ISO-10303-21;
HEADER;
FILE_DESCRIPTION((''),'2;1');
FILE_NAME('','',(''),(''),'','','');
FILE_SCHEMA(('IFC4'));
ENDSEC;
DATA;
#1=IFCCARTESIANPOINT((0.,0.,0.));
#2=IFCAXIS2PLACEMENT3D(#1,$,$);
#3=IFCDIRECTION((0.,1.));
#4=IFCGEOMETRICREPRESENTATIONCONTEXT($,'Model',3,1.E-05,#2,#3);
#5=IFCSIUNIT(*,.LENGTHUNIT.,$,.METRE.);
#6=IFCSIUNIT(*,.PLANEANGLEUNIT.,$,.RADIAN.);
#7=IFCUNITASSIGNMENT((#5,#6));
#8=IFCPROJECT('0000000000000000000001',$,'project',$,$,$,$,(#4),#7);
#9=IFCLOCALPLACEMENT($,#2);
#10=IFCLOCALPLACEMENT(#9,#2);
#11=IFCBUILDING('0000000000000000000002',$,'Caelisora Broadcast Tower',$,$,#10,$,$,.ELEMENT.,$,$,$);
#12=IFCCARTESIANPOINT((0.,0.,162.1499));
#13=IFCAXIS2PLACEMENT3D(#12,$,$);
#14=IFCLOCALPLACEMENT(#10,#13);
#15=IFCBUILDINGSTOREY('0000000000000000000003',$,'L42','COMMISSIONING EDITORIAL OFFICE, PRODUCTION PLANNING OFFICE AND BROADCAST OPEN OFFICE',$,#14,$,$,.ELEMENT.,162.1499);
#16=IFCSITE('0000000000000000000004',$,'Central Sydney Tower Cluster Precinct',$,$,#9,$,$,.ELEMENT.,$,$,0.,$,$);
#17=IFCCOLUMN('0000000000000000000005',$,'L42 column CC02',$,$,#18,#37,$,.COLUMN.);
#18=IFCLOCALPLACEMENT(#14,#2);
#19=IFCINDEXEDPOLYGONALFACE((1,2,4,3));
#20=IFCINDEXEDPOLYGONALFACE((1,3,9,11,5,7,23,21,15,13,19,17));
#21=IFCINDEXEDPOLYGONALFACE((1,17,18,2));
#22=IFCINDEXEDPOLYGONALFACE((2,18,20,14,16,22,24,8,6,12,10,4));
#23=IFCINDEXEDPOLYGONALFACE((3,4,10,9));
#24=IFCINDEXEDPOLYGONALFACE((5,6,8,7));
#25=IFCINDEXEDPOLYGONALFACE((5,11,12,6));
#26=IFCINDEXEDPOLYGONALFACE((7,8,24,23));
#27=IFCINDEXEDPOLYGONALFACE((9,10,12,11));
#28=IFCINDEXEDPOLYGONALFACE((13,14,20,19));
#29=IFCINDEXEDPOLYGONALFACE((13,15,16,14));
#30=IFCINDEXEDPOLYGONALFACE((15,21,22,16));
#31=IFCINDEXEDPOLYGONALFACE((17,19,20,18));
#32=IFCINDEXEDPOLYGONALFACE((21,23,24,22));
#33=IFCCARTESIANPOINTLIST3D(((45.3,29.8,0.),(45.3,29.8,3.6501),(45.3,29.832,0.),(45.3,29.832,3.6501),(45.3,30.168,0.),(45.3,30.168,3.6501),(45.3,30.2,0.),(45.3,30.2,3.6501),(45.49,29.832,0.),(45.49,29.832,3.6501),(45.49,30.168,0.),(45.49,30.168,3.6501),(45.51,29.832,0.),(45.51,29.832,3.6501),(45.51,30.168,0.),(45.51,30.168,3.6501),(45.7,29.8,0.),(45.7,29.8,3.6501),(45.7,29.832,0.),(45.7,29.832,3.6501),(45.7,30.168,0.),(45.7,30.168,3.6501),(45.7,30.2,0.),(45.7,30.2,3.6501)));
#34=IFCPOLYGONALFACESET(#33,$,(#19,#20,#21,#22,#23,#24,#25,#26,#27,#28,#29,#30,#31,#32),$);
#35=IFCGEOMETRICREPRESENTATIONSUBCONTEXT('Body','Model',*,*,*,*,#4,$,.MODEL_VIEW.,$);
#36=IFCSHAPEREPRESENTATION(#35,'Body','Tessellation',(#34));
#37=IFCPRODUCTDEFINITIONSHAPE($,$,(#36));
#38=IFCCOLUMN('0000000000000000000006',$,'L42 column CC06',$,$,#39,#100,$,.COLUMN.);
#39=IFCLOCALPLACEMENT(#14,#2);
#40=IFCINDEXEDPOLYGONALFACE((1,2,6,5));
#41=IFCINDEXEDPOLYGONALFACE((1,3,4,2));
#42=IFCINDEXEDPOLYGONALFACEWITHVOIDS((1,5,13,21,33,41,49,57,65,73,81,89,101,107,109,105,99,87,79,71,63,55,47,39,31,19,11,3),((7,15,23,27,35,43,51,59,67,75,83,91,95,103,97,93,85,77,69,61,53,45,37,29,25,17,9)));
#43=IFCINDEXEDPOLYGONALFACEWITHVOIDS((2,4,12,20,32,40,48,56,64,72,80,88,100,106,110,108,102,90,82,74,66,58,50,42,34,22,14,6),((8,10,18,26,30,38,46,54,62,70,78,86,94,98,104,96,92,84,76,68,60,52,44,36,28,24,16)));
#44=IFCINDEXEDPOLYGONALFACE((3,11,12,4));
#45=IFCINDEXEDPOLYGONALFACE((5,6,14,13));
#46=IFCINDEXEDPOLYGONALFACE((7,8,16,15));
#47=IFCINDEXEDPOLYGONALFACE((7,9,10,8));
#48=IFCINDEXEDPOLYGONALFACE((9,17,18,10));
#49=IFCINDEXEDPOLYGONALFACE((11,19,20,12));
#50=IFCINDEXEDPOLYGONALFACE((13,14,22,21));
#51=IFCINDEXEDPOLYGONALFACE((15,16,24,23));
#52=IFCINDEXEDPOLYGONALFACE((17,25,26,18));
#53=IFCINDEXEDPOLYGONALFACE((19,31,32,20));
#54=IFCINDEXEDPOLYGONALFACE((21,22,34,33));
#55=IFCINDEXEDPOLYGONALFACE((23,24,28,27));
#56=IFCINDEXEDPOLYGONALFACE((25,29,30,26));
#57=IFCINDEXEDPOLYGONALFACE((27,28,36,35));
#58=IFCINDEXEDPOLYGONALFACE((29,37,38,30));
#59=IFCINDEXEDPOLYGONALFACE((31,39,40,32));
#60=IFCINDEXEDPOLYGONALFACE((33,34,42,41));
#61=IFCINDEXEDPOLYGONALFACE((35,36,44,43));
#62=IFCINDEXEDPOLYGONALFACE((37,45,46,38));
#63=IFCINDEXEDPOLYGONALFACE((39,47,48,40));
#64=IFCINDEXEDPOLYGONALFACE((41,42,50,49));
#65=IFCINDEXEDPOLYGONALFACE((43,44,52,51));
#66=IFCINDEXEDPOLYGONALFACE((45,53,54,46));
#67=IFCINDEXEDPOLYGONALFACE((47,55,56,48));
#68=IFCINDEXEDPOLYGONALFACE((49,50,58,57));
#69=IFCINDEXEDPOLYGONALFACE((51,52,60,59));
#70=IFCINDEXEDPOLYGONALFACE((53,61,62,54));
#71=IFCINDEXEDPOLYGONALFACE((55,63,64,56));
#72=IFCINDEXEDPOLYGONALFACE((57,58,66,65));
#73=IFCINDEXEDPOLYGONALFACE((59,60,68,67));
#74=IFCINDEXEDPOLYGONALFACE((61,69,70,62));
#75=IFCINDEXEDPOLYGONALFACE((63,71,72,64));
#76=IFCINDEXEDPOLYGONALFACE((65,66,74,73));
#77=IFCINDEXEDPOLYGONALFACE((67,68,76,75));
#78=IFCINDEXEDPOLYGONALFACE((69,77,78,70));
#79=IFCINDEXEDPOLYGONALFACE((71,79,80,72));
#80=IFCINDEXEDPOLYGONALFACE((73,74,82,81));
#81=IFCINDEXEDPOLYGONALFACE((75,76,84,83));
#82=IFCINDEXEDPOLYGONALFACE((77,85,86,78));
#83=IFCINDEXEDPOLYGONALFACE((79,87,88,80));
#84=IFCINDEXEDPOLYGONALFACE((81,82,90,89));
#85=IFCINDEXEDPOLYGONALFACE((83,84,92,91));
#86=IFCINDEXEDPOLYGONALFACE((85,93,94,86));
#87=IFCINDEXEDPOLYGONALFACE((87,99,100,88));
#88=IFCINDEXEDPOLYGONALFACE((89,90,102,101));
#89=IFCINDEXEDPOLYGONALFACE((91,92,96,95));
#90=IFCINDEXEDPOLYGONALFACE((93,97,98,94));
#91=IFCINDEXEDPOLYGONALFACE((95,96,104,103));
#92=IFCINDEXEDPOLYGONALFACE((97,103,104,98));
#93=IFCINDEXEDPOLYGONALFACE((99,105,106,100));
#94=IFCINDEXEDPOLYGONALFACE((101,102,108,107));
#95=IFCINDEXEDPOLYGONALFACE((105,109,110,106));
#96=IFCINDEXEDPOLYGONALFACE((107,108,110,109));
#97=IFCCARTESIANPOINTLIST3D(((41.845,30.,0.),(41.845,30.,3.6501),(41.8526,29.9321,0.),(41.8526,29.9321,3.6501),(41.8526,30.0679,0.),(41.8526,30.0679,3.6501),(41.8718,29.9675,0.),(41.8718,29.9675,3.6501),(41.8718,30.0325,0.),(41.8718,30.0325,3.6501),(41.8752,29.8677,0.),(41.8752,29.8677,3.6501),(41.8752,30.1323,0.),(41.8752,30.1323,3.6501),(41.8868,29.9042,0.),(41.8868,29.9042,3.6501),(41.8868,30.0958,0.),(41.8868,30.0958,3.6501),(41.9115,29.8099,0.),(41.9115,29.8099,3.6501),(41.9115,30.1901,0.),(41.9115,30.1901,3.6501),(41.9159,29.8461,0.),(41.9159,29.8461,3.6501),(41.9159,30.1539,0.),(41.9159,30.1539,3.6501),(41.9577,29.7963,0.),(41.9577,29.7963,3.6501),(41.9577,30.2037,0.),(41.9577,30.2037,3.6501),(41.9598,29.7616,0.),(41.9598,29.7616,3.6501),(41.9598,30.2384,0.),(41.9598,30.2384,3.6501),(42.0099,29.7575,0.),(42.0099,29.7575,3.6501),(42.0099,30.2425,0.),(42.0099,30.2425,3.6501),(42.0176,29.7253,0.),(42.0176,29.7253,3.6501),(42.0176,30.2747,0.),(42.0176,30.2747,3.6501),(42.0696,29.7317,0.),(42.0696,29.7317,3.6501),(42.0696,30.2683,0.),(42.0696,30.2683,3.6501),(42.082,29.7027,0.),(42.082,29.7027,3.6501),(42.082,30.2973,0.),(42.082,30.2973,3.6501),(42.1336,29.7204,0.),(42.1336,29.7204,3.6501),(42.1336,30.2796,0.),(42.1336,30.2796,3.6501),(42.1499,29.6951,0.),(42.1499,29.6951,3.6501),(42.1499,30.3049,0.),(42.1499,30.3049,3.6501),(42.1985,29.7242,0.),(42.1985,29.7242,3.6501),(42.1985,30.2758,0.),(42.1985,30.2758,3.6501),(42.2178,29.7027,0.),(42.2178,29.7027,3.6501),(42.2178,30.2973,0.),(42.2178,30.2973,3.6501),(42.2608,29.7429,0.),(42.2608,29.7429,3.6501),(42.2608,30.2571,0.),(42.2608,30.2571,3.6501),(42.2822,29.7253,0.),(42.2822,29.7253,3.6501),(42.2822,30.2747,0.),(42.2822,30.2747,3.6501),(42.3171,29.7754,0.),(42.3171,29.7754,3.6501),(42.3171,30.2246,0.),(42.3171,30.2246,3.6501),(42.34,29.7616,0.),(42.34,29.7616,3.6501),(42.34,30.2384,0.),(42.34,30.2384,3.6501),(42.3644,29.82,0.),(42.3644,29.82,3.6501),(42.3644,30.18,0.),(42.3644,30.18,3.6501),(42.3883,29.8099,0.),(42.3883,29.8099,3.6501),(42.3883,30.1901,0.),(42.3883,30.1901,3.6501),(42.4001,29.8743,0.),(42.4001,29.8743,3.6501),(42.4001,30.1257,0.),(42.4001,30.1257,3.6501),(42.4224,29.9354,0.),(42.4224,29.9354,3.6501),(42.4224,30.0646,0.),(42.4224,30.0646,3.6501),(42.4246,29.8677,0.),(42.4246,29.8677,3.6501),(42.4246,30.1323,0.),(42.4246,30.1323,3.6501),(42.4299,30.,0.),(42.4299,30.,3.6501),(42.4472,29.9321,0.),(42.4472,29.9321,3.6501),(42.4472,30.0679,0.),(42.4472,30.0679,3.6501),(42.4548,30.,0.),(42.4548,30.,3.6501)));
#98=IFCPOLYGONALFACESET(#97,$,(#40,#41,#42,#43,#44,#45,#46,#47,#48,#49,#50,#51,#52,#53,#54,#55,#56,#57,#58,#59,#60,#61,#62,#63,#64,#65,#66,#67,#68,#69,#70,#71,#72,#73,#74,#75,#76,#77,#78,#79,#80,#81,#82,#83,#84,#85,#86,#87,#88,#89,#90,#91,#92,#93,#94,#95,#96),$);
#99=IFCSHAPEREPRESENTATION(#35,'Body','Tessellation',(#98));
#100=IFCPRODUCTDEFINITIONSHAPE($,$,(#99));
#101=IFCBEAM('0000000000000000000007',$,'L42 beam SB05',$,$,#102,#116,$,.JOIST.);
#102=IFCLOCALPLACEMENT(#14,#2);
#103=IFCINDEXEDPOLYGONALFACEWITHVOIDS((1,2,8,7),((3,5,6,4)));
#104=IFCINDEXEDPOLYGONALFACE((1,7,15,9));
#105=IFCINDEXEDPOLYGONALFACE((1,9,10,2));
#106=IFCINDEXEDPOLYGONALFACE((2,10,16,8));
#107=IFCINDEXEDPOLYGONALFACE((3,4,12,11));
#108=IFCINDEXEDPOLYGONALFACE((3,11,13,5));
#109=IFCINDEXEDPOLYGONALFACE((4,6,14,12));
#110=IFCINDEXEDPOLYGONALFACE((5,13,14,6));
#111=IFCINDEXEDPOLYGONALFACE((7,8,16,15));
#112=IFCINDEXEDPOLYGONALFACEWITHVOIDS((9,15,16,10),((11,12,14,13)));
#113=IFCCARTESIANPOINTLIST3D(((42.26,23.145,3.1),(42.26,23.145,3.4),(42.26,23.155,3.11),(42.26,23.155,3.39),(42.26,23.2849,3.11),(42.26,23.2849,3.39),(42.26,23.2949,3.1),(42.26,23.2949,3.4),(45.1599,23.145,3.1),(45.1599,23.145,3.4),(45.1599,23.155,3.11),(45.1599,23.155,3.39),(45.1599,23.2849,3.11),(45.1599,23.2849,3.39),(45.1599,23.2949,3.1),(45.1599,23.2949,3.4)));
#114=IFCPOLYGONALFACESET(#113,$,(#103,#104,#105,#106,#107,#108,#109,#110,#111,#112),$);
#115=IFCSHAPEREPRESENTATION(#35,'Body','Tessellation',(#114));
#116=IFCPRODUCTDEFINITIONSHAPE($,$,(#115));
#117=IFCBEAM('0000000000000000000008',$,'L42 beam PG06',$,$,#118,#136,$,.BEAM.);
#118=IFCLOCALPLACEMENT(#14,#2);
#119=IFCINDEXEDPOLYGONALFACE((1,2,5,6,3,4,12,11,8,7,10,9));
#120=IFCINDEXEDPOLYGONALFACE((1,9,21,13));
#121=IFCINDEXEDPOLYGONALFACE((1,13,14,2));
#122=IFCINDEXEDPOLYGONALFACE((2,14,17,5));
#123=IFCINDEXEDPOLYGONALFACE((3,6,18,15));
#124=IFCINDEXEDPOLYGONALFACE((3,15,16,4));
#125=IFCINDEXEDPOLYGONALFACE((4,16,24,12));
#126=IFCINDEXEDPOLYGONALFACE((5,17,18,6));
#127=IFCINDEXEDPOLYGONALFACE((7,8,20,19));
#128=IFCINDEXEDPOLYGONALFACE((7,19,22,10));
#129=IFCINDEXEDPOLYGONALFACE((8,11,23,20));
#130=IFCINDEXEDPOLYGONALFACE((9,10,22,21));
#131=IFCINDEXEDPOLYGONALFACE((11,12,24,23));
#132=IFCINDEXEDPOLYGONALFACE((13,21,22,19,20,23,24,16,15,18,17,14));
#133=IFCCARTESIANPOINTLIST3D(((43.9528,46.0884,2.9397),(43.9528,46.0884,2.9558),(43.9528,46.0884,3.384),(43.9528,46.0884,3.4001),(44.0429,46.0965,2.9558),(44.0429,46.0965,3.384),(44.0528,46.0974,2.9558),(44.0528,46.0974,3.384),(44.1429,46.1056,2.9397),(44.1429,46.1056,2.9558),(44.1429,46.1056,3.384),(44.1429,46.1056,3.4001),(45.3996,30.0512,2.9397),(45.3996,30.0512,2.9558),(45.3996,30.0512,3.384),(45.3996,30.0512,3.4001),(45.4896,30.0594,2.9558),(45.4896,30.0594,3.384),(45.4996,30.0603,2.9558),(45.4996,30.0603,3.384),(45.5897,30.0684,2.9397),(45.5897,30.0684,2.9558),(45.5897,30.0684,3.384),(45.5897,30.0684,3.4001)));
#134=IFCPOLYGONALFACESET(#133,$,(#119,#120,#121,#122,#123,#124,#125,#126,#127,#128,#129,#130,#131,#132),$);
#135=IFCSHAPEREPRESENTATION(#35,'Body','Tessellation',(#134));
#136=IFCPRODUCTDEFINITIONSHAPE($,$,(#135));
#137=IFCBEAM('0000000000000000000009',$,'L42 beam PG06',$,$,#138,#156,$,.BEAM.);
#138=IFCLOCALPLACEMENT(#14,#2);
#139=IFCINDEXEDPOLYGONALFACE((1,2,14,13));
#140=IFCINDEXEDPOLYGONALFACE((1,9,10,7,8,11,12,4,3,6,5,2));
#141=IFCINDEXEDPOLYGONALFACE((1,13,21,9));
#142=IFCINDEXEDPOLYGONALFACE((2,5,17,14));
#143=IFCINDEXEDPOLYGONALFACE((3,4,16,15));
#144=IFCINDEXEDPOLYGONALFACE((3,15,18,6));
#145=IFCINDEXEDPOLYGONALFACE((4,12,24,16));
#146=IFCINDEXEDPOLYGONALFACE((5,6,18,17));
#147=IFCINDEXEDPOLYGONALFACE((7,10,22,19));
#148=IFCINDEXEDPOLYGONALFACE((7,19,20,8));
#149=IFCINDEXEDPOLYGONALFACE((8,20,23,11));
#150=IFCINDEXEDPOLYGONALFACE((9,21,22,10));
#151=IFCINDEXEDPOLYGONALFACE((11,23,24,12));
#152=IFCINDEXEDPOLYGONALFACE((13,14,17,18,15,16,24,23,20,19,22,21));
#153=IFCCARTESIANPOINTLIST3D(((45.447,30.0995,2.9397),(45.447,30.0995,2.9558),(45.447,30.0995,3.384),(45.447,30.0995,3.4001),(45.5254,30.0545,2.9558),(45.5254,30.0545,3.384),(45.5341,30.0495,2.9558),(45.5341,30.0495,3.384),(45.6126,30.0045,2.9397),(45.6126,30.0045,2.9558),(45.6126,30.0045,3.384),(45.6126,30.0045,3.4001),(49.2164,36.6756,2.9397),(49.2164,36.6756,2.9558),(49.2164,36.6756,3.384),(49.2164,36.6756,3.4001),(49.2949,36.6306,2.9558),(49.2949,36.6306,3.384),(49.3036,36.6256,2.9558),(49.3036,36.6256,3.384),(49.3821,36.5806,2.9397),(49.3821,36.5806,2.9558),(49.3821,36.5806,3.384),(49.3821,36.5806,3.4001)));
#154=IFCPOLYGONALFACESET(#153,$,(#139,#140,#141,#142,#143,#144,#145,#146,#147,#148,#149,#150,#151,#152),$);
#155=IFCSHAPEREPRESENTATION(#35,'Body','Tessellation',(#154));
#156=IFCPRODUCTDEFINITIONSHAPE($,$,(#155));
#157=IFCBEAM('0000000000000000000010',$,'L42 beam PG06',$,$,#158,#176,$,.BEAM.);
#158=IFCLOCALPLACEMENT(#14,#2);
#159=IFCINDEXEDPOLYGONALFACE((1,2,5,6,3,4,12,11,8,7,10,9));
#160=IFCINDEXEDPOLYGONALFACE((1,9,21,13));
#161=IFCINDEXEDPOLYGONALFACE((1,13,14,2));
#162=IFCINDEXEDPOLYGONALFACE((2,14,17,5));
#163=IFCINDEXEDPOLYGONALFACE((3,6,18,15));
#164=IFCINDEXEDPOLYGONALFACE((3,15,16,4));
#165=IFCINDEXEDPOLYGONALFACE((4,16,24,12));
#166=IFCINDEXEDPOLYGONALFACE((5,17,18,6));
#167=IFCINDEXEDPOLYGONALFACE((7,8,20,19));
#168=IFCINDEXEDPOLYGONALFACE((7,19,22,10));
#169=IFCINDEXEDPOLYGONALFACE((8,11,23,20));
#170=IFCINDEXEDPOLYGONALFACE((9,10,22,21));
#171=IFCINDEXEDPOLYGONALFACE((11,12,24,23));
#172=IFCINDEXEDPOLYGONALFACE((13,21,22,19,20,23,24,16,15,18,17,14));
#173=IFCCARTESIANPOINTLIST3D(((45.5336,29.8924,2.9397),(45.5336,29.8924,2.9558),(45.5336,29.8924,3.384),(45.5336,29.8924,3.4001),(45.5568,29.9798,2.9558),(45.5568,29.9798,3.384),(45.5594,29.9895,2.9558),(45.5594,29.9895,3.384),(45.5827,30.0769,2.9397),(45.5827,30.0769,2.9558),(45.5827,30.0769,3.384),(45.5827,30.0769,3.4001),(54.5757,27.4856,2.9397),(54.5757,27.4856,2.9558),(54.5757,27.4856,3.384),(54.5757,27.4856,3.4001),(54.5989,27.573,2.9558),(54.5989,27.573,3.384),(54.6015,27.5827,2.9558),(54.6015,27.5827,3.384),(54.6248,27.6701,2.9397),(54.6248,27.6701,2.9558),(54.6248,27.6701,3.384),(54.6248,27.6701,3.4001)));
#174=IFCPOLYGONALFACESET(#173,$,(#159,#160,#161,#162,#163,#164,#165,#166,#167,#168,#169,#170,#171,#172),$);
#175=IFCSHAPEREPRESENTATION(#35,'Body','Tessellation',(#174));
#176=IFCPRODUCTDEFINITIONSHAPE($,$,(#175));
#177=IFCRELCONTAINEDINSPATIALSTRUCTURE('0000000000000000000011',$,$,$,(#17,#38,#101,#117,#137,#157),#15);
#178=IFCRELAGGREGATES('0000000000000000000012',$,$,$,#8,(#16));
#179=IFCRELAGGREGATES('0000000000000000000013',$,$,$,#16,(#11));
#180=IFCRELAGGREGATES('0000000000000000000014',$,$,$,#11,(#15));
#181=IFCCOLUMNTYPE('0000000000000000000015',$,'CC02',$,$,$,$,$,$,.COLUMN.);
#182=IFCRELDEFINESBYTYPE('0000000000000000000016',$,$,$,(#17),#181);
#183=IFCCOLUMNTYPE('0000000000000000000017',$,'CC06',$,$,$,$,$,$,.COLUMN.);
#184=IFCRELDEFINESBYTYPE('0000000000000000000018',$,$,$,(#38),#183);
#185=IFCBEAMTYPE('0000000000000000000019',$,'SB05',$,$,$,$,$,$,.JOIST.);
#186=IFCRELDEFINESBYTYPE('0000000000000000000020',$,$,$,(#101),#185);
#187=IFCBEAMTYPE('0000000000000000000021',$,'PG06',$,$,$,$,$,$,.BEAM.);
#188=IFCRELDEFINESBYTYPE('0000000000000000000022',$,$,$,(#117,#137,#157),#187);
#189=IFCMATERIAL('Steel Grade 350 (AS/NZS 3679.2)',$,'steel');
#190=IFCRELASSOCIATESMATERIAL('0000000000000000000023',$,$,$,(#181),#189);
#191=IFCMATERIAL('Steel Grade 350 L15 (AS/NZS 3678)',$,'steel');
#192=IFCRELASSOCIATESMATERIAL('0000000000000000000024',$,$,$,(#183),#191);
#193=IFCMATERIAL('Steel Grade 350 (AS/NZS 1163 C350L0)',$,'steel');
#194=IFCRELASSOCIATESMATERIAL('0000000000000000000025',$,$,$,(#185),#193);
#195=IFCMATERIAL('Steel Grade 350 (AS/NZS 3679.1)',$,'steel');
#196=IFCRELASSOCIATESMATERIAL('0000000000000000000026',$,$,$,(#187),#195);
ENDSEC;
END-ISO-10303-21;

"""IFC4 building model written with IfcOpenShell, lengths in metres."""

from ifc_helpers import new_model, si_unit, direction, frame, origin, origin_2d, place, context, subcontext, project, spatial, hollow_rectangle, hollow_circle, i_section, extrude, source, transform, mapped, material, material_profile, profile_set, type_object, type_shapes, element, save


model = new_model("IFC4")

# Units and contexts
model_context = context("Model", 3, precision=1e-05, world=origin(), true_north=direction((0.0, 1.0)))
body_context = subcontext(model_context, "Body", "Model", "MODEL_VIEW")
ifc_project = project(units=[si_unit("LENGTHUNIT", "METRE"), si_unit("PLANEANGLEUNIT", "RADIAN")], contexts=[model_context])

# Site, building, storey
site_placement = place(None, origin())
site = spatial("IfcSite", under=ifc_project, at=site_placement, Name="Central Sydney Tower Cluster Precinct", CompositionType="ELEMENT", RefElevation=0.0)
building_placement = place(site_placement, origin())
building = spatial("IfcBuilding", under=site, at=building_placement, Name="Caelisora Broadcast Tower", CompositionType="ELEMENT")
storey_placement = place(building_placement, frame((0.0, 0.0, 162.1499)))
storey = spatial("IfcBuildingStorey", under=building, at=storey_placement, Name="L42", Description="COMMISSIONING EDITORIAL OFFICE, PRODUCTION PLANNING OFFICE AND BROADCAST OPEN OFFICE", CompositionType="ELEMENT", Elevation=162.1499)

# Columns
ifc_material_1 = material(Name="Steel Grade 350 (AS/NZS 3679.2)", Category="steel")
ifc_material_profile_1 = material_profile(ifc_material_1, i_section(OverallWidth=0.3999, OverallDepth=0.3999, WebThickness=0.02, FlangeThickness=0.032, at=origin_2d()), Name="Steel Grade 350 (AS/NZS 3679.2)")
ifc_profile_set_1 = profile_set([ifc_material_profile_1], Name="Steel Grade 350 (AS/NZS 3679.2)")
column_type_1 = type_object("IfcColumnType", Name="CC02", PredefinedType="COLUMN", material=ifc_profile_set_1)
shared_shape_1 = source(origin(), body_context, "Body", "SweptSolid", [
    extrude(i_section(OverallWidth=0.3999, OverallDepth=0.3999, WebThickness=0.02, FlangeThickness=0.032, at=origin_2d()), origin(), (0.0, 0.0, 1.0), 3.6501),
])
type_shapes(column_type_1, [shared_shape_1])
column_1_placement = place(storey_placement, frame((45.5, 30.0, 0.0), z_axis=(0.0, 0.0, 1.0), x_axis=(1.0, 0.0, 0.0)))
element("IfcColumn", 1, at=column_1_placement, inside=storey, type_object=column_type_1, Name="L42 column CC02", PredefinedType="COLUMN", context=body_context, shape_type="MappedRepresentation", body=[
    mapped(shared_shape_1, transform((0.0, 0.0, 0.0), scale=1.0)),
])
ifc_material_2 = material(Name="Steel Grade 350 L15 (AS/NZS 3678)", Category="steel")
ifc_material_profile_2 = material_profile(ifc_material_2, hollow_circle(Radius=0.3049, WallThickness=0.0249, at=origin_2d()), Name="Steel Grade 350 L15 (AS/NZS 3678)")
ifc_profile_set_2 = profile_set([ifc_material_profile_2], Name="Steel Grade 350 L15 (AS/NZS 3678)")
column_type_2 = type_object("IfcColumnType", Name="CC06", PredefinedType="COLUMN", material=ifc_profile_set_2)
shared_shape_2 = source(origin(), body_context, "Body", "SweptSolid", [
    extrude(hollow_circle(Radius=0.3049, WallThickness=0.0249, at=origin_2d()), origin(), (0.0, 0.0, 1.0), 3.6501),
])
type_shapes(column_type_2, [shared_shape_2])
column_2_placement = place(storey_placement, frame((42.1499, 30.0, 0.0), z_axis=(0.0, 0.0, 1.0), x_axis=(1.0, 0.0, 0.0)))
element("IfcColumn", 2, at=column_2_placement, inside=storey, type_object=column_type_2, Name="L42 column CC06", PredefinedType="COLUMN", context=body_context, shape_type="MappedRepresentation", body=[
    mapped(shared_shape_2, transform((0.0, 0.0, 0.0), scale=1.0)),
])

# Beams
ifc_material_3 = material(Name="Steel Grade 350 (AS/NZS 1163 C350L0)", Category="steel")
ifc_material_profile_3 = material_profile(ifc_material_3, hollow_rectangle(XDim=0.1499, YDim=0.3, WallThickness=0.01, at=origin_2d()), Name="Steel Grade 350 (AS/NZS 1163 C350L0)")
ifc_profile_set_3 = profile_set([ifc_material_profile_3], Name="Steel Grade 350 (AS/NZS 1163 C350L0)")
beam_type_1 = type_object("IfcBeamType", Name="SB05", PredefinedType="JOIST", material=ifc_profile_set_3)
shared_shape_3 = source(origin(), body_context, "Body", "SweptSolid", [
    extrude(hollow_rectangle(XDim=0.1499, YDim=0.3, WallThickness=0.01, at=origin_2d()), origin(), (0.0, 0.0, 1.0), 2.8999),
])
type_shapes(beam_type_1, [shared_shape_3])
beam_1_placement = place(storey_placement, frame((42.26, 23.22, 3.25), z_axis=(1.0, 0.0, 0.0), x_axis=(0.0, 1.0, 0.0)))
element("IfcBeam", 3, at=beam_1_placement, inside=storey, type_object=beam_type_1, Name="L42 beam SB05", PredefinedType="JOIST", context=body_context, shape_type="MappedRepresentation", body=[
    mapped(shared_shape_3, transform((0.0, 0.0, 0.0), scale=1.0)),
])
ifc_material_4 = material(Name="Steel Grade 350 (AS/NZS 3679.1)", Category="steel")
ifc_material_profile_4 = material_profile(ifc_material_4, i_section(OverallWidth=0.1909, OverallDepth=0.4604, WebThickness=0.01, FlangeThickness=0.0161, at=origin_2d()), Name="Steel Grade 350 (AS/NZS 3679.1)")
ifc_profile_set_4 = profile_set([ifc_material_profile_4], Name="Steel Grade 350 (AS/NZS 3679.1)")
beam_type_2 = type_object("IfcBeamType", Name="PG06", PredefinedType="BEAM", material=ifc_profile_set_4)
shared_shape_4 = source(origin(), body_context, "Body", "SweptSolid", [
    extrude(i_section(OverallWidth=0.1909, OverallDepth=0.4604, WebThickness=0.01, FlangeThickness=0.0161, at=origin_2d()), origin(), (0.0, 0.0, 1.0), 16.1023),
])
beam_2_placement = place(storey_placement, frame((45.4946, 30.0598, 3.1699), z_axis=(-0.089849, 0.995955, 0.0), x_axis=(-0.995955, -0.089849, 0.0)))
element("IfcBeam", 4, at=beam_2_placement, inside=storey, type_object=beam_type_2, Name="L42 beam PG06", PredefinedType="BEAM", context=body_context, shape_type="MappedRepresentation", body=[
    mapped(shared_shape_4, transform((0.0, 0.0, 0.0), scale=1.0)),
])
shared_shape_5 = source(origin(), body_context, "Body", "SweptSolid", [
    extrude(i_section(OverallWidth=0.1909, OverallDepth=0.4604, WebThickness=0.01, FlangeThickness=0.0161, at=origin_2d()), origin(), (0.0, 0.0, 1.0), 7.5798),
])
beam_3_placement = place(storey_placement, frame((45.5298, 30.052, 3.1699), z_axis=(0.497304, 0.867576, 0.0), x_axis=(-0.867576, 0.497304, 0.0)))
element("IfcBeam", 5, at=beam_3_placement, inside=storey, type_object=beam_type_2, Name="L42 beam PG06", PredefinedType="BEAM", context=body_context, shape_type="MappedRepresentation", body=[
    mapped(shared_shape_5, transform((0.0, 0.0, 0.0), scale=1.0)),
])
shared_shape_6 = source(origin(), body_context, "Body", "SweptSolid", [
    extrude(i_section(OverallWidth=0.1909, OverallDepth=0.4604, WebThickness=0.01, FlangeThickness=0.0161, at=origin_2d()), origin(), (0.0, 0.0, 1.0), 9.3569),
])
type_shapes(beam_type_2, [shared_shape_4, shared_shape_5, shared_shape_6])
beam_4_placement = place(storey_placement, frame((45.5581, 29.9846, 3.1699), z_axis=(0.966353, -0.257218, 0.0), x_axis=(0.257218, 0.966353, 0.0)))
element("IfcBeam", 6, at=beam_4_placement, inside=storey, type_object=beam_type_2, Name="L42 beam PG06", PredefinedType="BEAM", context=body_context, shape_type="MappedRepresentation", body=[
    mapped(shared_shape_6, transform((0.0, 0.0, 0.0), scale=1.0)),
])

save(model, "model.ifc")
